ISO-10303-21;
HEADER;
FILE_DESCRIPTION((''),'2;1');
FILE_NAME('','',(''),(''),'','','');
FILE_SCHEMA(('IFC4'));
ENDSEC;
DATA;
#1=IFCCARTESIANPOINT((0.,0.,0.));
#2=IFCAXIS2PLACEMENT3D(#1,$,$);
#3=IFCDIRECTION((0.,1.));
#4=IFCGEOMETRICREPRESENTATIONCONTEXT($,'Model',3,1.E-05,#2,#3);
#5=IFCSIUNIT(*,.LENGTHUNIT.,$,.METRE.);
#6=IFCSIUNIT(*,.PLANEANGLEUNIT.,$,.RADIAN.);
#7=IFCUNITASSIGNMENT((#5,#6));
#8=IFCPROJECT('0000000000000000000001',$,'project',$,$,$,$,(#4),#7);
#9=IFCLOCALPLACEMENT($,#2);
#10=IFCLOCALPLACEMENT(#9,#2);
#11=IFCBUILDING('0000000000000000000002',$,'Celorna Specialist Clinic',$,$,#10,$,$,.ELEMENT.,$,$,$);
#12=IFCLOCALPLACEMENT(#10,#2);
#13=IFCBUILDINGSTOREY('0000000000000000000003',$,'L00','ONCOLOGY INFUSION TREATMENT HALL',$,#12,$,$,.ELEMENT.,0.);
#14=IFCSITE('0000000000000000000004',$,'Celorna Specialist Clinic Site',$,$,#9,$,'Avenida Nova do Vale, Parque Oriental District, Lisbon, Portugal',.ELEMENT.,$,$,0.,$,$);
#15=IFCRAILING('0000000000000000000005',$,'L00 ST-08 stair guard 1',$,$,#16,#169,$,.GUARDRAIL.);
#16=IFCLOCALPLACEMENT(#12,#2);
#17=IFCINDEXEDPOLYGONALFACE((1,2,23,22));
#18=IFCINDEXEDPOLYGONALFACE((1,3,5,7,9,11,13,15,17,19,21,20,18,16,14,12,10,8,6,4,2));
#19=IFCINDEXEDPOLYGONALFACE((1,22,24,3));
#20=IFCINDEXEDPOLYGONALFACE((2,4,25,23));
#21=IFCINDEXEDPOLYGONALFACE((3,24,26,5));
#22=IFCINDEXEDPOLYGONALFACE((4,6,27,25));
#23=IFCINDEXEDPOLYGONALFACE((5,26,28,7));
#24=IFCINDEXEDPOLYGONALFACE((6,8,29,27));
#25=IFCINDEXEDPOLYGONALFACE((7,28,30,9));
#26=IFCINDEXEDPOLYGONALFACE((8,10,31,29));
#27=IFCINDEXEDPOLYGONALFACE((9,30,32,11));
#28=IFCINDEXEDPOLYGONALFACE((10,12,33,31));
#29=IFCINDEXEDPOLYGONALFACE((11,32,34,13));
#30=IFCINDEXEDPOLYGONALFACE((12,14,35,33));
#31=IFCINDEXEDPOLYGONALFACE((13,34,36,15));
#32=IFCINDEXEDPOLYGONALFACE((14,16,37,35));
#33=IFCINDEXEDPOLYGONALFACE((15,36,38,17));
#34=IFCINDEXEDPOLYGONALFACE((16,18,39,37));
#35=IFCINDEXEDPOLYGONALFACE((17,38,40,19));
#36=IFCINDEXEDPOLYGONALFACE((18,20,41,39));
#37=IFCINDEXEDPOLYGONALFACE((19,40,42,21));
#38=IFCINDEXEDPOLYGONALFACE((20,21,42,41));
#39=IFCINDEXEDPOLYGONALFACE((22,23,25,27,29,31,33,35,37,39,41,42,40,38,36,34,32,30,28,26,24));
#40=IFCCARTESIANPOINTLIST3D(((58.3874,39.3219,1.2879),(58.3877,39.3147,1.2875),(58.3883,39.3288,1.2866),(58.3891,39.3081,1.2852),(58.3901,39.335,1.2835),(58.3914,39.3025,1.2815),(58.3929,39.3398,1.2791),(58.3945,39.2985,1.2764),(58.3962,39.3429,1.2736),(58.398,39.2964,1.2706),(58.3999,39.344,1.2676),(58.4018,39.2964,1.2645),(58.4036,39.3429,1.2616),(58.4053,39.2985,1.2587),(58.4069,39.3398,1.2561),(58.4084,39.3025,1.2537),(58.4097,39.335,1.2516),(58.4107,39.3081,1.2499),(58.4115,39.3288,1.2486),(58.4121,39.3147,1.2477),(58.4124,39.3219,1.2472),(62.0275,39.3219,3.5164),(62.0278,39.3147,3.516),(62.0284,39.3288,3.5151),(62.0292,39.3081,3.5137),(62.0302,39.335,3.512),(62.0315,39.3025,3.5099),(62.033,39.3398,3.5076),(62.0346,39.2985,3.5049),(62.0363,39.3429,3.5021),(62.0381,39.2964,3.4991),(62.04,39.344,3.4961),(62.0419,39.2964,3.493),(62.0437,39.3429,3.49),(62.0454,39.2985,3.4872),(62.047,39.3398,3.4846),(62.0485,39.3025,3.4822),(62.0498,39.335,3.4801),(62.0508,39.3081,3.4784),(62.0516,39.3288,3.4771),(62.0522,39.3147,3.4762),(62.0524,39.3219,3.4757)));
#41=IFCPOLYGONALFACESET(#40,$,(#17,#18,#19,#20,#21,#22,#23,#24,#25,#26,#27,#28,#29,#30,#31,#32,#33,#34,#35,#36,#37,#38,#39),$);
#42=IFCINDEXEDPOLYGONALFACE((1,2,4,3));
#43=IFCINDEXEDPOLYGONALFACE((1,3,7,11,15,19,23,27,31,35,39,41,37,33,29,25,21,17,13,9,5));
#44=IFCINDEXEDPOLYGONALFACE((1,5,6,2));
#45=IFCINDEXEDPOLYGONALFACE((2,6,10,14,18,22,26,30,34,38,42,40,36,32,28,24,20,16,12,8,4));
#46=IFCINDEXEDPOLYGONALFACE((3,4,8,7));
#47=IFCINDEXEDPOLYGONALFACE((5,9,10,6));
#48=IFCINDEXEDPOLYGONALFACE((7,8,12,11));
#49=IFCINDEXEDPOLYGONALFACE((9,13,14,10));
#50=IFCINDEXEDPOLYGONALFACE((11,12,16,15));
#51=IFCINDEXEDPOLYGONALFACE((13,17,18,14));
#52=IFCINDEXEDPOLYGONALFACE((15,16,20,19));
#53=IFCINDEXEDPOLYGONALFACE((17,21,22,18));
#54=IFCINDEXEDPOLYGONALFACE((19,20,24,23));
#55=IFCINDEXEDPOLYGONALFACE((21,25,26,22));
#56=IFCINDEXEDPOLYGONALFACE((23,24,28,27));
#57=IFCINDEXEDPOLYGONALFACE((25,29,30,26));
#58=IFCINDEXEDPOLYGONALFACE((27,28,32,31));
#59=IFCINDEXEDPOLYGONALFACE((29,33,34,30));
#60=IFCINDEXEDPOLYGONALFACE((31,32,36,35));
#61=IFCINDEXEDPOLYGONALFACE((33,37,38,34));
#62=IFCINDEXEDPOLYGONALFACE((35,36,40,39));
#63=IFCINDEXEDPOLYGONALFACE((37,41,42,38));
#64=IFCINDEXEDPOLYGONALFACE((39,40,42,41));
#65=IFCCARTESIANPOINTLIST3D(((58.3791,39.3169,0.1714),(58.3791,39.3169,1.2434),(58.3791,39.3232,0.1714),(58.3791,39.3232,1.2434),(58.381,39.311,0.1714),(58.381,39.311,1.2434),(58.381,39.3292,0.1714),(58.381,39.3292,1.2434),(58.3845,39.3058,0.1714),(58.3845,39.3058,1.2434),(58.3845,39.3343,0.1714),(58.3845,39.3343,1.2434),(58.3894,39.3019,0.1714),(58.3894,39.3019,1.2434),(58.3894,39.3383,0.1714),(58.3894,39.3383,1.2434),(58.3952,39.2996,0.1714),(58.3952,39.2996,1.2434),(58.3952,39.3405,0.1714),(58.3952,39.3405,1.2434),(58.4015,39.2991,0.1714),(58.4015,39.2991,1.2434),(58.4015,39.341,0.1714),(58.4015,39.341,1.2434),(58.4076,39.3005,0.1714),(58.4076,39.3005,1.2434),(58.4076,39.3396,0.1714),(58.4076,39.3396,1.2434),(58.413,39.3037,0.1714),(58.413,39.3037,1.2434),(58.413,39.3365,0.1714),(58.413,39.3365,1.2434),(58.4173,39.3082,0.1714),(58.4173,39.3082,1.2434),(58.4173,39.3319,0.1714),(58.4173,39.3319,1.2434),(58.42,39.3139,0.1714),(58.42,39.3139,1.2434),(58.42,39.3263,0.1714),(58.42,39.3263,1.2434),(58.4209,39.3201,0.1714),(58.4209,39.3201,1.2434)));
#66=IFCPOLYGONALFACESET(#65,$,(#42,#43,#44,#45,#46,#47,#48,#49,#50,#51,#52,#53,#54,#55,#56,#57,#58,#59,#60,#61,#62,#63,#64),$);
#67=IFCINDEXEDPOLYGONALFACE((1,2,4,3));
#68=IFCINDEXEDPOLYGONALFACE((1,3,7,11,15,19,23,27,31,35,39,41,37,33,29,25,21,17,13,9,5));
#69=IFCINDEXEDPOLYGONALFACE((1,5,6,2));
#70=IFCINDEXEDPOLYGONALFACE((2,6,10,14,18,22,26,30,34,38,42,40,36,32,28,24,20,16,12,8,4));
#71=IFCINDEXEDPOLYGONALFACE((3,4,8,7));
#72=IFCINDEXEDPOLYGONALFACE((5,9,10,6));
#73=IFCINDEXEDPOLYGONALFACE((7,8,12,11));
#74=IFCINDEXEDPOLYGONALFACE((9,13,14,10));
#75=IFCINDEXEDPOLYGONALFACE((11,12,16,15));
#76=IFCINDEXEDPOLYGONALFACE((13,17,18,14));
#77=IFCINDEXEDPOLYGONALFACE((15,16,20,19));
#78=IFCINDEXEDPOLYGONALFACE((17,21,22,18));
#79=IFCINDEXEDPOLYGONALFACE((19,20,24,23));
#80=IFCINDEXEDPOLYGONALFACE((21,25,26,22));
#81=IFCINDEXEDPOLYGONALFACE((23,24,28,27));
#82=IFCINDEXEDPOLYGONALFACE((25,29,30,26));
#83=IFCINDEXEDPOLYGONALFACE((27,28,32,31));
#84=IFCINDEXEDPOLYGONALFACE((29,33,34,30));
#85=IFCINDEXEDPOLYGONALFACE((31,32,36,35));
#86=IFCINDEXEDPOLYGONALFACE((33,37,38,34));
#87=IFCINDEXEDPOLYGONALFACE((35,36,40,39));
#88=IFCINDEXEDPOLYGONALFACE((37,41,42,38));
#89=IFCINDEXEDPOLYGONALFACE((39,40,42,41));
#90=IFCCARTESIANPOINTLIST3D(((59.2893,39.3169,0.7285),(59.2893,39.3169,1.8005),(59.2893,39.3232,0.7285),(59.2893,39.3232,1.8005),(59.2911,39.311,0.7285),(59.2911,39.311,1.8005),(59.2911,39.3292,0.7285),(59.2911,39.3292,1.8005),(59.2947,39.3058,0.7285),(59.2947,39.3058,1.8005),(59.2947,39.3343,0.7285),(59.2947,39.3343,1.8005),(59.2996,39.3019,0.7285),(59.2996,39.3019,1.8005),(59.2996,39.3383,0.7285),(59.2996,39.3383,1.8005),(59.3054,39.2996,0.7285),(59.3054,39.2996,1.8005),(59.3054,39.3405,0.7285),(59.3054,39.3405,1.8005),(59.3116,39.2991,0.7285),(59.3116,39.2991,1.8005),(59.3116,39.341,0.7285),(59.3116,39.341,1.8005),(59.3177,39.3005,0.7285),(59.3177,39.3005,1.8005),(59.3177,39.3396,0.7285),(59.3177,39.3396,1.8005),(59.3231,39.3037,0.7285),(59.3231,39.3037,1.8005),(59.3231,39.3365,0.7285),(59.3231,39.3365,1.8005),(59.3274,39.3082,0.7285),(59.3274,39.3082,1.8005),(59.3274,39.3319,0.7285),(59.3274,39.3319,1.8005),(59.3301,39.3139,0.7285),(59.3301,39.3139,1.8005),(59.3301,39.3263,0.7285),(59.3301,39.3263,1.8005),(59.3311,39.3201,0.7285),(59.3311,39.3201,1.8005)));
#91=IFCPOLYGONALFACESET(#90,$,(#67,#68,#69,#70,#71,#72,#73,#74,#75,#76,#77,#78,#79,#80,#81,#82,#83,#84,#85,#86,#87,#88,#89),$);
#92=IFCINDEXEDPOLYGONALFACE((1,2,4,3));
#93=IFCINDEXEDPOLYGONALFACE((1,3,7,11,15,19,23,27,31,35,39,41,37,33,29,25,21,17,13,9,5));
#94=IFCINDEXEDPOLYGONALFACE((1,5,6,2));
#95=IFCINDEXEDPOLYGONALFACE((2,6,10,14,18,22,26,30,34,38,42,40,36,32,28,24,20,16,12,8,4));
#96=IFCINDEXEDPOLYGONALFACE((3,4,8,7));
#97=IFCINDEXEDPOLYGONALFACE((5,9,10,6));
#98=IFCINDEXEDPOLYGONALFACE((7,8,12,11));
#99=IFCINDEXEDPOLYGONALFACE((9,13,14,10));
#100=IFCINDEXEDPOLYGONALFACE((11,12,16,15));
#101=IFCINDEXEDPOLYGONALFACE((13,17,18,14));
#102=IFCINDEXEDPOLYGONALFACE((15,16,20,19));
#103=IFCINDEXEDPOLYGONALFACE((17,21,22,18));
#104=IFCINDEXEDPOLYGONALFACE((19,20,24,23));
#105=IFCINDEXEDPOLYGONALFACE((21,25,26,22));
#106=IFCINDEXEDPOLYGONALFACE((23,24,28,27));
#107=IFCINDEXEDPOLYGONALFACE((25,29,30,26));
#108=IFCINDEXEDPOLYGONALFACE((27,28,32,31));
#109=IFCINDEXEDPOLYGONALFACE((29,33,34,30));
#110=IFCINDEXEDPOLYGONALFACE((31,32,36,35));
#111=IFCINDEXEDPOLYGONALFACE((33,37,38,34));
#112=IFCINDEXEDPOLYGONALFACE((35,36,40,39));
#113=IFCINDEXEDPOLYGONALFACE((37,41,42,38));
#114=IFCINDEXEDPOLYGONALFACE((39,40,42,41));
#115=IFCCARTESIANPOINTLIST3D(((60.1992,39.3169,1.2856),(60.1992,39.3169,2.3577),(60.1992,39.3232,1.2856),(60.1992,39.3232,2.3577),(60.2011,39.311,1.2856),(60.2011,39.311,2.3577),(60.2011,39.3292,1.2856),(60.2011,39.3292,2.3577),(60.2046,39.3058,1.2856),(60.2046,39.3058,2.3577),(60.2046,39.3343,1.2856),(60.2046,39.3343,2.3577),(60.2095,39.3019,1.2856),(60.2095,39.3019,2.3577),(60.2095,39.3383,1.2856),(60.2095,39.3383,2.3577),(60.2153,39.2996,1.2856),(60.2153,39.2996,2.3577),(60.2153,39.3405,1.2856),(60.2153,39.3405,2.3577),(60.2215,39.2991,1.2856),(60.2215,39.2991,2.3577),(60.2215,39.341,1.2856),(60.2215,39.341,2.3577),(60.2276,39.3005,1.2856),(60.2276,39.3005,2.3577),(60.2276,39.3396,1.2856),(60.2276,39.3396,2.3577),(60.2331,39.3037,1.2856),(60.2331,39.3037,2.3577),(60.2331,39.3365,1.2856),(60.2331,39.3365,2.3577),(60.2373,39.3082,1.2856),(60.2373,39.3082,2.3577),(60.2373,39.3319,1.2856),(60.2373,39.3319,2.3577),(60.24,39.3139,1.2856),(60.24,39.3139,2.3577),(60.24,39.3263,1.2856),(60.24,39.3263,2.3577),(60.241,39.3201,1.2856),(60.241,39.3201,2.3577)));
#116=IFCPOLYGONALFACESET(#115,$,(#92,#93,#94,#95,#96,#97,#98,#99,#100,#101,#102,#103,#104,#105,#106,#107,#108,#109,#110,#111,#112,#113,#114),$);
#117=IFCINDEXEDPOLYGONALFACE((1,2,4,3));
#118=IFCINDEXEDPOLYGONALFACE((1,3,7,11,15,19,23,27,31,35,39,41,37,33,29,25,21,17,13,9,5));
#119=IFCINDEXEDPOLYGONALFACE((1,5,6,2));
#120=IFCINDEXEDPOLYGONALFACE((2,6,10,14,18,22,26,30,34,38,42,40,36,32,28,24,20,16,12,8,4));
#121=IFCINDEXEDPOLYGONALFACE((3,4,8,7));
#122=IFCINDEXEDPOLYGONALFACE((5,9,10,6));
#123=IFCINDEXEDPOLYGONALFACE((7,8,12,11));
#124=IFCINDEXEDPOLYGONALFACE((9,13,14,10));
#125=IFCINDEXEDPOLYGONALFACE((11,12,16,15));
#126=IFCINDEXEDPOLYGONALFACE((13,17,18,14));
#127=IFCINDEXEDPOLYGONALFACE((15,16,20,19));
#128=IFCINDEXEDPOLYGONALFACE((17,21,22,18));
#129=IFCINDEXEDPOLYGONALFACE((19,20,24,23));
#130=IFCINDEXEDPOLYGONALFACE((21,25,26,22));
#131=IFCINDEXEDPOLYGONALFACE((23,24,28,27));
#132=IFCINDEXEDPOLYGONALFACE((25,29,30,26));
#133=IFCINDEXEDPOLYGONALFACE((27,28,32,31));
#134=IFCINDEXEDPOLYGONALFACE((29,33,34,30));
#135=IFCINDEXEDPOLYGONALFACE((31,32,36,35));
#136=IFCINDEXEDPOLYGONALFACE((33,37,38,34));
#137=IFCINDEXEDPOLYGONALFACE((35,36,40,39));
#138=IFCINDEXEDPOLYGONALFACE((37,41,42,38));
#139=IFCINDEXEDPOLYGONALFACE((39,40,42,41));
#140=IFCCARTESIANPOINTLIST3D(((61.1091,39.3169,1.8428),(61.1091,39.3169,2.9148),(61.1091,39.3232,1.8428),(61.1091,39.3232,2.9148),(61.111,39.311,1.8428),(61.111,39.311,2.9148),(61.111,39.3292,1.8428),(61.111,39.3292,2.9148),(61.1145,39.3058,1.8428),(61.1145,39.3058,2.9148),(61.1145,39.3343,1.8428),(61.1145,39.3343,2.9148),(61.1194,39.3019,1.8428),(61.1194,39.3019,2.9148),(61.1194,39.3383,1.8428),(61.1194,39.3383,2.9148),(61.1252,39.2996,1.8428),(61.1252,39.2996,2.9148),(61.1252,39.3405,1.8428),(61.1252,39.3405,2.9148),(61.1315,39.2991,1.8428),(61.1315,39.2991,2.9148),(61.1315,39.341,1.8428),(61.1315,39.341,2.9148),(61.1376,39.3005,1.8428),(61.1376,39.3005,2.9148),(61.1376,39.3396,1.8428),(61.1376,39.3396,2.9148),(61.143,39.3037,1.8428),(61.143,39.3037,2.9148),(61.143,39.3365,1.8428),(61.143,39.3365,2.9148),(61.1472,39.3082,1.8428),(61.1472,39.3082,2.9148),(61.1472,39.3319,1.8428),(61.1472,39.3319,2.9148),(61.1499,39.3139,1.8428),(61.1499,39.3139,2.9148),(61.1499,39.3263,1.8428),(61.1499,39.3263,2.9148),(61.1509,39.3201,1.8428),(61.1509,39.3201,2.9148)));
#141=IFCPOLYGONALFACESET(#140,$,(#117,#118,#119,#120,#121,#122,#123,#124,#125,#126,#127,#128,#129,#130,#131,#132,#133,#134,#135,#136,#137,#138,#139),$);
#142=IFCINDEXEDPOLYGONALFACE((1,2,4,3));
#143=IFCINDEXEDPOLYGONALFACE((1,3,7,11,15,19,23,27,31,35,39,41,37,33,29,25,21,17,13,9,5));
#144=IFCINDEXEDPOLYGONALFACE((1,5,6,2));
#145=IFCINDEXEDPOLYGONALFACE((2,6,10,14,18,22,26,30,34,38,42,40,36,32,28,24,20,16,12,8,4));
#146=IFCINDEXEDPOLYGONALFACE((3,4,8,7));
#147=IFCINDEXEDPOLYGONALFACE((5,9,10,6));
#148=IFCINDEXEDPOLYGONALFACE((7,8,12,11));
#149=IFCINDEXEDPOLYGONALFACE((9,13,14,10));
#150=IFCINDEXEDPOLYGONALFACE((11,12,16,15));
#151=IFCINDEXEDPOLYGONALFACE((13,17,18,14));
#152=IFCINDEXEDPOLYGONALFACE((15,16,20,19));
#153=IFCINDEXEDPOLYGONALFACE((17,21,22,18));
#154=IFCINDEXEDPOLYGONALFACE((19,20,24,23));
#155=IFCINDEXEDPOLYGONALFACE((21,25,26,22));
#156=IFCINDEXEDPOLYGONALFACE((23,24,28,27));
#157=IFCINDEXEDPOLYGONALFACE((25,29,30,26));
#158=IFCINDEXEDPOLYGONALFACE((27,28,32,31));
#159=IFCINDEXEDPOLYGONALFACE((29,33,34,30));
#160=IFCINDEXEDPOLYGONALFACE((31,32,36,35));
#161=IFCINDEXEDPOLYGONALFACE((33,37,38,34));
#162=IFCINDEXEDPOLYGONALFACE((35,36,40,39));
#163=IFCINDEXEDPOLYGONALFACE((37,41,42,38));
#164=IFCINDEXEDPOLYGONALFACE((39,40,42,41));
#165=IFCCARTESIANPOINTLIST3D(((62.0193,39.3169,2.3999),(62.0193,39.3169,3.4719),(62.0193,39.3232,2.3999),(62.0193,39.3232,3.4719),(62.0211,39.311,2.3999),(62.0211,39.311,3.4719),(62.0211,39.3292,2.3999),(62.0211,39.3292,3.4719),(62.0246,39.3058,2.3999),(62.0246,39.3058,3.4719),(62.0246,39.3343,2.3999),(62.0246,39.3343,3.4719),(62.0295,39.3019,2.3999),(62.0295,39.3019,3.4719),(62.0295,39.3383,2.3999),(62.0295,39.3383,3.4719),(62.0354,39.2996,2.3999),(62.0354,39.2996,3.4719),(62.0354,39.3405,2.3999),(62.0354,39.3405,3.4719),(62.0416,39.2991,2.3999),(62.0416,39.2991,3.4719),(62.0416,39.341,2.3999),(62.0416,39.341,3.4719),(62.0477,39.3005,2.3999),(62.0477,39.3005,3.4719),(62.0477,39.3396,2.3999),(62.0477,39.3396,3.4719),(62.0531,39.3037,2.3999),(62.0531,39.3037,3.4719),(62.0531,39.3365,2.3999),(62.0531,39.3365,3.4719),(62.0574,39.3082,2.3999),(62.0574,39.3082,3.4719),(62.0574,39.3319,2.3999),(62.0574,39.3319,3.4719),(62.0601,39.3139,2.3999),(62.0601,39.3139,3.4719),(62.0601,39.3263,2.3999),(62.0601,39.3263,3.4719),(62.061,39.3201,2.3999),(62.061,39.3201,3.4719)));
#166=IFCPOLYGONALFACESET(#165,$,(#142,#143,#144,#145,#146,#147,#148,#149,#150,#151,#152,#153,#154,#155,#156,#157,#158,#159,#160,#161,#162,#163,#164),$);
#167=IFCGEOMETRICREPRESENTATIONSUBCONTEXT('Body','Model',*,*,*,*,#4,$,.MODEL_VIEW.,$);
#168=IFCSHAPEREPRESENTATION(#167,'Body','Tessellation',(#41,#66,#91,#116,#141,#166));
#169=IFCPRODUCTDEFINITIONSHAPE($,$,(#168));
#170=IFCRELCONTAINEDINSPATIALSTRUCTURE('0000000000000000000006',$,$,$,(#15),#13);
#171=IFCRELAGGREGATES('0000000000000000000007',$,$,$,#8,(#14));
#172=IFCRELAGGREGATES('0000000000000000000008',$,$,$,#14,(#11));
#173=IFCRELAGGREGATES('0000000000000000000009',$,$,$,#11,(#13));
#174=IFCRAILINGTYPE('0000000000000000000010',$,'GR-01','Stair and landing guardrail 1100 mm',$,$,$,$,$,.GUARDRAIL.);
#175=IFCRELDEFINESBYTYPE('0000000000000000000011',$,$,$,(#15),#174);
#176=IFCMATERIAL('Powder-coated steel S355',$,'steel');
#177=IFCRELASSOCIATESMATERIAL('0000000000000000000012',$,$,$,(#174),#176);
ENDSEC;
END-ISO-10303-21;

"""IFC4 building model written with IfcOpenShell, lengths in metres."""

from ifc_helpers import new_model, si_unit, direction, frame, origin, origin_2d, place, context, subcontext, project, spatial, circle, extrude, material, type_object, element, save


model = new_model("IFC4")

# Units and contexts
model_context = context("Model", 3, precision=1e-05, world=origin(), true_north=direction((0.0, 1.0)))
body_context = subcontext(model_context, "Body", "Model", "MODEL_VIEW")
ifc_project = project(units=[si_unit("LENGTHUNIT", "METRE"), si_unit("PLANEANGLEUNIT", "RADIAN")], contexts=[model_context])

# Site, building, storey
site_placement = place(None, origin())
site = spatial("IfcSite", under=ifc_project, at=site_placement, Name="Celorna Specialist Clinic Site", LongName="Avenida Nova do Vale, Parque Oriental District, Lisbon, Portugal", CompositionType="ELEMENT", RefElevation=0.0)
building_placement = place(site_placement, origin())
building = spatial("IfcBuilding", under=site, at=building_placement, Name="Celorna Specialist Clinic", CompositionType="ELEMENT")
storey_placement = place(building_placement, origin())
storey = spatial("IfcBuildingStorey", under=building, at=storey_placement, Name="L00", Description="ONCOLOGY INFUSION TREATMENT HALL", CompositionType="ELEMENT", Elevation=0.0)

# Railing
ifc_material_1 = material(Name="Powder-coated steel S355", Category="steel")
railing_type_1 = type_object("IfcRailingType", Name="GR-01", Description="Stair and landing guardrail 1100 mm", PredefinedType="GUARDRAIL", material=ifc_material_1)
railing_1_placement = place(storey_placement, frame((58.3999, 39.3201, 0.1714)))
element("IfcRailing", 1, at=railing_1_placement, inside=storey, type_object=railing_type_1, Name="L00 ST-08 stair guard 1", PredefinedType="GUARDRAIL", context=body_context, shape_type="SweptSolid", body=[
    extrude(circle(Radius=0.0239, at=origin_2d()), frame((0.0, 0.0, 1.0962), z_axis=(0.852866, 0.0, 0.52213), x_axis=(0.0, 1.0, 0.0)), (0.0, 0.0, 1.0), 4.2681),
    extrude(circle(Radius=0.021, at=origin_2d()), origin(), (0.0, 0.0, 1.0), 1.072),
    extrude(circle(Radius=0.021, at=origin_2d()), frame((0.9102, 0.0, 0.5571)), (0.0, 0.0, 1.0), 1.072),
    extrude(circle(Radius=0.021, at=origin_2d()), frame((1.8201, 0.0, 1.1143)), (0.0, 0.0, 1.0), 1.072),
    extrude(circle(Radius=0.021, at=origin_2d()), frame((2.73, 0.0, 1.6714)), (0.0, 0.0, 1.0), 1.072),
    extrude(circle(Radius=0.021, at=origin_2d()), frame((3.6401, 0.0, 2.2285)), (0.0, 0.0, 1.0), 1.072),
])

save(model, "model.ifc")
